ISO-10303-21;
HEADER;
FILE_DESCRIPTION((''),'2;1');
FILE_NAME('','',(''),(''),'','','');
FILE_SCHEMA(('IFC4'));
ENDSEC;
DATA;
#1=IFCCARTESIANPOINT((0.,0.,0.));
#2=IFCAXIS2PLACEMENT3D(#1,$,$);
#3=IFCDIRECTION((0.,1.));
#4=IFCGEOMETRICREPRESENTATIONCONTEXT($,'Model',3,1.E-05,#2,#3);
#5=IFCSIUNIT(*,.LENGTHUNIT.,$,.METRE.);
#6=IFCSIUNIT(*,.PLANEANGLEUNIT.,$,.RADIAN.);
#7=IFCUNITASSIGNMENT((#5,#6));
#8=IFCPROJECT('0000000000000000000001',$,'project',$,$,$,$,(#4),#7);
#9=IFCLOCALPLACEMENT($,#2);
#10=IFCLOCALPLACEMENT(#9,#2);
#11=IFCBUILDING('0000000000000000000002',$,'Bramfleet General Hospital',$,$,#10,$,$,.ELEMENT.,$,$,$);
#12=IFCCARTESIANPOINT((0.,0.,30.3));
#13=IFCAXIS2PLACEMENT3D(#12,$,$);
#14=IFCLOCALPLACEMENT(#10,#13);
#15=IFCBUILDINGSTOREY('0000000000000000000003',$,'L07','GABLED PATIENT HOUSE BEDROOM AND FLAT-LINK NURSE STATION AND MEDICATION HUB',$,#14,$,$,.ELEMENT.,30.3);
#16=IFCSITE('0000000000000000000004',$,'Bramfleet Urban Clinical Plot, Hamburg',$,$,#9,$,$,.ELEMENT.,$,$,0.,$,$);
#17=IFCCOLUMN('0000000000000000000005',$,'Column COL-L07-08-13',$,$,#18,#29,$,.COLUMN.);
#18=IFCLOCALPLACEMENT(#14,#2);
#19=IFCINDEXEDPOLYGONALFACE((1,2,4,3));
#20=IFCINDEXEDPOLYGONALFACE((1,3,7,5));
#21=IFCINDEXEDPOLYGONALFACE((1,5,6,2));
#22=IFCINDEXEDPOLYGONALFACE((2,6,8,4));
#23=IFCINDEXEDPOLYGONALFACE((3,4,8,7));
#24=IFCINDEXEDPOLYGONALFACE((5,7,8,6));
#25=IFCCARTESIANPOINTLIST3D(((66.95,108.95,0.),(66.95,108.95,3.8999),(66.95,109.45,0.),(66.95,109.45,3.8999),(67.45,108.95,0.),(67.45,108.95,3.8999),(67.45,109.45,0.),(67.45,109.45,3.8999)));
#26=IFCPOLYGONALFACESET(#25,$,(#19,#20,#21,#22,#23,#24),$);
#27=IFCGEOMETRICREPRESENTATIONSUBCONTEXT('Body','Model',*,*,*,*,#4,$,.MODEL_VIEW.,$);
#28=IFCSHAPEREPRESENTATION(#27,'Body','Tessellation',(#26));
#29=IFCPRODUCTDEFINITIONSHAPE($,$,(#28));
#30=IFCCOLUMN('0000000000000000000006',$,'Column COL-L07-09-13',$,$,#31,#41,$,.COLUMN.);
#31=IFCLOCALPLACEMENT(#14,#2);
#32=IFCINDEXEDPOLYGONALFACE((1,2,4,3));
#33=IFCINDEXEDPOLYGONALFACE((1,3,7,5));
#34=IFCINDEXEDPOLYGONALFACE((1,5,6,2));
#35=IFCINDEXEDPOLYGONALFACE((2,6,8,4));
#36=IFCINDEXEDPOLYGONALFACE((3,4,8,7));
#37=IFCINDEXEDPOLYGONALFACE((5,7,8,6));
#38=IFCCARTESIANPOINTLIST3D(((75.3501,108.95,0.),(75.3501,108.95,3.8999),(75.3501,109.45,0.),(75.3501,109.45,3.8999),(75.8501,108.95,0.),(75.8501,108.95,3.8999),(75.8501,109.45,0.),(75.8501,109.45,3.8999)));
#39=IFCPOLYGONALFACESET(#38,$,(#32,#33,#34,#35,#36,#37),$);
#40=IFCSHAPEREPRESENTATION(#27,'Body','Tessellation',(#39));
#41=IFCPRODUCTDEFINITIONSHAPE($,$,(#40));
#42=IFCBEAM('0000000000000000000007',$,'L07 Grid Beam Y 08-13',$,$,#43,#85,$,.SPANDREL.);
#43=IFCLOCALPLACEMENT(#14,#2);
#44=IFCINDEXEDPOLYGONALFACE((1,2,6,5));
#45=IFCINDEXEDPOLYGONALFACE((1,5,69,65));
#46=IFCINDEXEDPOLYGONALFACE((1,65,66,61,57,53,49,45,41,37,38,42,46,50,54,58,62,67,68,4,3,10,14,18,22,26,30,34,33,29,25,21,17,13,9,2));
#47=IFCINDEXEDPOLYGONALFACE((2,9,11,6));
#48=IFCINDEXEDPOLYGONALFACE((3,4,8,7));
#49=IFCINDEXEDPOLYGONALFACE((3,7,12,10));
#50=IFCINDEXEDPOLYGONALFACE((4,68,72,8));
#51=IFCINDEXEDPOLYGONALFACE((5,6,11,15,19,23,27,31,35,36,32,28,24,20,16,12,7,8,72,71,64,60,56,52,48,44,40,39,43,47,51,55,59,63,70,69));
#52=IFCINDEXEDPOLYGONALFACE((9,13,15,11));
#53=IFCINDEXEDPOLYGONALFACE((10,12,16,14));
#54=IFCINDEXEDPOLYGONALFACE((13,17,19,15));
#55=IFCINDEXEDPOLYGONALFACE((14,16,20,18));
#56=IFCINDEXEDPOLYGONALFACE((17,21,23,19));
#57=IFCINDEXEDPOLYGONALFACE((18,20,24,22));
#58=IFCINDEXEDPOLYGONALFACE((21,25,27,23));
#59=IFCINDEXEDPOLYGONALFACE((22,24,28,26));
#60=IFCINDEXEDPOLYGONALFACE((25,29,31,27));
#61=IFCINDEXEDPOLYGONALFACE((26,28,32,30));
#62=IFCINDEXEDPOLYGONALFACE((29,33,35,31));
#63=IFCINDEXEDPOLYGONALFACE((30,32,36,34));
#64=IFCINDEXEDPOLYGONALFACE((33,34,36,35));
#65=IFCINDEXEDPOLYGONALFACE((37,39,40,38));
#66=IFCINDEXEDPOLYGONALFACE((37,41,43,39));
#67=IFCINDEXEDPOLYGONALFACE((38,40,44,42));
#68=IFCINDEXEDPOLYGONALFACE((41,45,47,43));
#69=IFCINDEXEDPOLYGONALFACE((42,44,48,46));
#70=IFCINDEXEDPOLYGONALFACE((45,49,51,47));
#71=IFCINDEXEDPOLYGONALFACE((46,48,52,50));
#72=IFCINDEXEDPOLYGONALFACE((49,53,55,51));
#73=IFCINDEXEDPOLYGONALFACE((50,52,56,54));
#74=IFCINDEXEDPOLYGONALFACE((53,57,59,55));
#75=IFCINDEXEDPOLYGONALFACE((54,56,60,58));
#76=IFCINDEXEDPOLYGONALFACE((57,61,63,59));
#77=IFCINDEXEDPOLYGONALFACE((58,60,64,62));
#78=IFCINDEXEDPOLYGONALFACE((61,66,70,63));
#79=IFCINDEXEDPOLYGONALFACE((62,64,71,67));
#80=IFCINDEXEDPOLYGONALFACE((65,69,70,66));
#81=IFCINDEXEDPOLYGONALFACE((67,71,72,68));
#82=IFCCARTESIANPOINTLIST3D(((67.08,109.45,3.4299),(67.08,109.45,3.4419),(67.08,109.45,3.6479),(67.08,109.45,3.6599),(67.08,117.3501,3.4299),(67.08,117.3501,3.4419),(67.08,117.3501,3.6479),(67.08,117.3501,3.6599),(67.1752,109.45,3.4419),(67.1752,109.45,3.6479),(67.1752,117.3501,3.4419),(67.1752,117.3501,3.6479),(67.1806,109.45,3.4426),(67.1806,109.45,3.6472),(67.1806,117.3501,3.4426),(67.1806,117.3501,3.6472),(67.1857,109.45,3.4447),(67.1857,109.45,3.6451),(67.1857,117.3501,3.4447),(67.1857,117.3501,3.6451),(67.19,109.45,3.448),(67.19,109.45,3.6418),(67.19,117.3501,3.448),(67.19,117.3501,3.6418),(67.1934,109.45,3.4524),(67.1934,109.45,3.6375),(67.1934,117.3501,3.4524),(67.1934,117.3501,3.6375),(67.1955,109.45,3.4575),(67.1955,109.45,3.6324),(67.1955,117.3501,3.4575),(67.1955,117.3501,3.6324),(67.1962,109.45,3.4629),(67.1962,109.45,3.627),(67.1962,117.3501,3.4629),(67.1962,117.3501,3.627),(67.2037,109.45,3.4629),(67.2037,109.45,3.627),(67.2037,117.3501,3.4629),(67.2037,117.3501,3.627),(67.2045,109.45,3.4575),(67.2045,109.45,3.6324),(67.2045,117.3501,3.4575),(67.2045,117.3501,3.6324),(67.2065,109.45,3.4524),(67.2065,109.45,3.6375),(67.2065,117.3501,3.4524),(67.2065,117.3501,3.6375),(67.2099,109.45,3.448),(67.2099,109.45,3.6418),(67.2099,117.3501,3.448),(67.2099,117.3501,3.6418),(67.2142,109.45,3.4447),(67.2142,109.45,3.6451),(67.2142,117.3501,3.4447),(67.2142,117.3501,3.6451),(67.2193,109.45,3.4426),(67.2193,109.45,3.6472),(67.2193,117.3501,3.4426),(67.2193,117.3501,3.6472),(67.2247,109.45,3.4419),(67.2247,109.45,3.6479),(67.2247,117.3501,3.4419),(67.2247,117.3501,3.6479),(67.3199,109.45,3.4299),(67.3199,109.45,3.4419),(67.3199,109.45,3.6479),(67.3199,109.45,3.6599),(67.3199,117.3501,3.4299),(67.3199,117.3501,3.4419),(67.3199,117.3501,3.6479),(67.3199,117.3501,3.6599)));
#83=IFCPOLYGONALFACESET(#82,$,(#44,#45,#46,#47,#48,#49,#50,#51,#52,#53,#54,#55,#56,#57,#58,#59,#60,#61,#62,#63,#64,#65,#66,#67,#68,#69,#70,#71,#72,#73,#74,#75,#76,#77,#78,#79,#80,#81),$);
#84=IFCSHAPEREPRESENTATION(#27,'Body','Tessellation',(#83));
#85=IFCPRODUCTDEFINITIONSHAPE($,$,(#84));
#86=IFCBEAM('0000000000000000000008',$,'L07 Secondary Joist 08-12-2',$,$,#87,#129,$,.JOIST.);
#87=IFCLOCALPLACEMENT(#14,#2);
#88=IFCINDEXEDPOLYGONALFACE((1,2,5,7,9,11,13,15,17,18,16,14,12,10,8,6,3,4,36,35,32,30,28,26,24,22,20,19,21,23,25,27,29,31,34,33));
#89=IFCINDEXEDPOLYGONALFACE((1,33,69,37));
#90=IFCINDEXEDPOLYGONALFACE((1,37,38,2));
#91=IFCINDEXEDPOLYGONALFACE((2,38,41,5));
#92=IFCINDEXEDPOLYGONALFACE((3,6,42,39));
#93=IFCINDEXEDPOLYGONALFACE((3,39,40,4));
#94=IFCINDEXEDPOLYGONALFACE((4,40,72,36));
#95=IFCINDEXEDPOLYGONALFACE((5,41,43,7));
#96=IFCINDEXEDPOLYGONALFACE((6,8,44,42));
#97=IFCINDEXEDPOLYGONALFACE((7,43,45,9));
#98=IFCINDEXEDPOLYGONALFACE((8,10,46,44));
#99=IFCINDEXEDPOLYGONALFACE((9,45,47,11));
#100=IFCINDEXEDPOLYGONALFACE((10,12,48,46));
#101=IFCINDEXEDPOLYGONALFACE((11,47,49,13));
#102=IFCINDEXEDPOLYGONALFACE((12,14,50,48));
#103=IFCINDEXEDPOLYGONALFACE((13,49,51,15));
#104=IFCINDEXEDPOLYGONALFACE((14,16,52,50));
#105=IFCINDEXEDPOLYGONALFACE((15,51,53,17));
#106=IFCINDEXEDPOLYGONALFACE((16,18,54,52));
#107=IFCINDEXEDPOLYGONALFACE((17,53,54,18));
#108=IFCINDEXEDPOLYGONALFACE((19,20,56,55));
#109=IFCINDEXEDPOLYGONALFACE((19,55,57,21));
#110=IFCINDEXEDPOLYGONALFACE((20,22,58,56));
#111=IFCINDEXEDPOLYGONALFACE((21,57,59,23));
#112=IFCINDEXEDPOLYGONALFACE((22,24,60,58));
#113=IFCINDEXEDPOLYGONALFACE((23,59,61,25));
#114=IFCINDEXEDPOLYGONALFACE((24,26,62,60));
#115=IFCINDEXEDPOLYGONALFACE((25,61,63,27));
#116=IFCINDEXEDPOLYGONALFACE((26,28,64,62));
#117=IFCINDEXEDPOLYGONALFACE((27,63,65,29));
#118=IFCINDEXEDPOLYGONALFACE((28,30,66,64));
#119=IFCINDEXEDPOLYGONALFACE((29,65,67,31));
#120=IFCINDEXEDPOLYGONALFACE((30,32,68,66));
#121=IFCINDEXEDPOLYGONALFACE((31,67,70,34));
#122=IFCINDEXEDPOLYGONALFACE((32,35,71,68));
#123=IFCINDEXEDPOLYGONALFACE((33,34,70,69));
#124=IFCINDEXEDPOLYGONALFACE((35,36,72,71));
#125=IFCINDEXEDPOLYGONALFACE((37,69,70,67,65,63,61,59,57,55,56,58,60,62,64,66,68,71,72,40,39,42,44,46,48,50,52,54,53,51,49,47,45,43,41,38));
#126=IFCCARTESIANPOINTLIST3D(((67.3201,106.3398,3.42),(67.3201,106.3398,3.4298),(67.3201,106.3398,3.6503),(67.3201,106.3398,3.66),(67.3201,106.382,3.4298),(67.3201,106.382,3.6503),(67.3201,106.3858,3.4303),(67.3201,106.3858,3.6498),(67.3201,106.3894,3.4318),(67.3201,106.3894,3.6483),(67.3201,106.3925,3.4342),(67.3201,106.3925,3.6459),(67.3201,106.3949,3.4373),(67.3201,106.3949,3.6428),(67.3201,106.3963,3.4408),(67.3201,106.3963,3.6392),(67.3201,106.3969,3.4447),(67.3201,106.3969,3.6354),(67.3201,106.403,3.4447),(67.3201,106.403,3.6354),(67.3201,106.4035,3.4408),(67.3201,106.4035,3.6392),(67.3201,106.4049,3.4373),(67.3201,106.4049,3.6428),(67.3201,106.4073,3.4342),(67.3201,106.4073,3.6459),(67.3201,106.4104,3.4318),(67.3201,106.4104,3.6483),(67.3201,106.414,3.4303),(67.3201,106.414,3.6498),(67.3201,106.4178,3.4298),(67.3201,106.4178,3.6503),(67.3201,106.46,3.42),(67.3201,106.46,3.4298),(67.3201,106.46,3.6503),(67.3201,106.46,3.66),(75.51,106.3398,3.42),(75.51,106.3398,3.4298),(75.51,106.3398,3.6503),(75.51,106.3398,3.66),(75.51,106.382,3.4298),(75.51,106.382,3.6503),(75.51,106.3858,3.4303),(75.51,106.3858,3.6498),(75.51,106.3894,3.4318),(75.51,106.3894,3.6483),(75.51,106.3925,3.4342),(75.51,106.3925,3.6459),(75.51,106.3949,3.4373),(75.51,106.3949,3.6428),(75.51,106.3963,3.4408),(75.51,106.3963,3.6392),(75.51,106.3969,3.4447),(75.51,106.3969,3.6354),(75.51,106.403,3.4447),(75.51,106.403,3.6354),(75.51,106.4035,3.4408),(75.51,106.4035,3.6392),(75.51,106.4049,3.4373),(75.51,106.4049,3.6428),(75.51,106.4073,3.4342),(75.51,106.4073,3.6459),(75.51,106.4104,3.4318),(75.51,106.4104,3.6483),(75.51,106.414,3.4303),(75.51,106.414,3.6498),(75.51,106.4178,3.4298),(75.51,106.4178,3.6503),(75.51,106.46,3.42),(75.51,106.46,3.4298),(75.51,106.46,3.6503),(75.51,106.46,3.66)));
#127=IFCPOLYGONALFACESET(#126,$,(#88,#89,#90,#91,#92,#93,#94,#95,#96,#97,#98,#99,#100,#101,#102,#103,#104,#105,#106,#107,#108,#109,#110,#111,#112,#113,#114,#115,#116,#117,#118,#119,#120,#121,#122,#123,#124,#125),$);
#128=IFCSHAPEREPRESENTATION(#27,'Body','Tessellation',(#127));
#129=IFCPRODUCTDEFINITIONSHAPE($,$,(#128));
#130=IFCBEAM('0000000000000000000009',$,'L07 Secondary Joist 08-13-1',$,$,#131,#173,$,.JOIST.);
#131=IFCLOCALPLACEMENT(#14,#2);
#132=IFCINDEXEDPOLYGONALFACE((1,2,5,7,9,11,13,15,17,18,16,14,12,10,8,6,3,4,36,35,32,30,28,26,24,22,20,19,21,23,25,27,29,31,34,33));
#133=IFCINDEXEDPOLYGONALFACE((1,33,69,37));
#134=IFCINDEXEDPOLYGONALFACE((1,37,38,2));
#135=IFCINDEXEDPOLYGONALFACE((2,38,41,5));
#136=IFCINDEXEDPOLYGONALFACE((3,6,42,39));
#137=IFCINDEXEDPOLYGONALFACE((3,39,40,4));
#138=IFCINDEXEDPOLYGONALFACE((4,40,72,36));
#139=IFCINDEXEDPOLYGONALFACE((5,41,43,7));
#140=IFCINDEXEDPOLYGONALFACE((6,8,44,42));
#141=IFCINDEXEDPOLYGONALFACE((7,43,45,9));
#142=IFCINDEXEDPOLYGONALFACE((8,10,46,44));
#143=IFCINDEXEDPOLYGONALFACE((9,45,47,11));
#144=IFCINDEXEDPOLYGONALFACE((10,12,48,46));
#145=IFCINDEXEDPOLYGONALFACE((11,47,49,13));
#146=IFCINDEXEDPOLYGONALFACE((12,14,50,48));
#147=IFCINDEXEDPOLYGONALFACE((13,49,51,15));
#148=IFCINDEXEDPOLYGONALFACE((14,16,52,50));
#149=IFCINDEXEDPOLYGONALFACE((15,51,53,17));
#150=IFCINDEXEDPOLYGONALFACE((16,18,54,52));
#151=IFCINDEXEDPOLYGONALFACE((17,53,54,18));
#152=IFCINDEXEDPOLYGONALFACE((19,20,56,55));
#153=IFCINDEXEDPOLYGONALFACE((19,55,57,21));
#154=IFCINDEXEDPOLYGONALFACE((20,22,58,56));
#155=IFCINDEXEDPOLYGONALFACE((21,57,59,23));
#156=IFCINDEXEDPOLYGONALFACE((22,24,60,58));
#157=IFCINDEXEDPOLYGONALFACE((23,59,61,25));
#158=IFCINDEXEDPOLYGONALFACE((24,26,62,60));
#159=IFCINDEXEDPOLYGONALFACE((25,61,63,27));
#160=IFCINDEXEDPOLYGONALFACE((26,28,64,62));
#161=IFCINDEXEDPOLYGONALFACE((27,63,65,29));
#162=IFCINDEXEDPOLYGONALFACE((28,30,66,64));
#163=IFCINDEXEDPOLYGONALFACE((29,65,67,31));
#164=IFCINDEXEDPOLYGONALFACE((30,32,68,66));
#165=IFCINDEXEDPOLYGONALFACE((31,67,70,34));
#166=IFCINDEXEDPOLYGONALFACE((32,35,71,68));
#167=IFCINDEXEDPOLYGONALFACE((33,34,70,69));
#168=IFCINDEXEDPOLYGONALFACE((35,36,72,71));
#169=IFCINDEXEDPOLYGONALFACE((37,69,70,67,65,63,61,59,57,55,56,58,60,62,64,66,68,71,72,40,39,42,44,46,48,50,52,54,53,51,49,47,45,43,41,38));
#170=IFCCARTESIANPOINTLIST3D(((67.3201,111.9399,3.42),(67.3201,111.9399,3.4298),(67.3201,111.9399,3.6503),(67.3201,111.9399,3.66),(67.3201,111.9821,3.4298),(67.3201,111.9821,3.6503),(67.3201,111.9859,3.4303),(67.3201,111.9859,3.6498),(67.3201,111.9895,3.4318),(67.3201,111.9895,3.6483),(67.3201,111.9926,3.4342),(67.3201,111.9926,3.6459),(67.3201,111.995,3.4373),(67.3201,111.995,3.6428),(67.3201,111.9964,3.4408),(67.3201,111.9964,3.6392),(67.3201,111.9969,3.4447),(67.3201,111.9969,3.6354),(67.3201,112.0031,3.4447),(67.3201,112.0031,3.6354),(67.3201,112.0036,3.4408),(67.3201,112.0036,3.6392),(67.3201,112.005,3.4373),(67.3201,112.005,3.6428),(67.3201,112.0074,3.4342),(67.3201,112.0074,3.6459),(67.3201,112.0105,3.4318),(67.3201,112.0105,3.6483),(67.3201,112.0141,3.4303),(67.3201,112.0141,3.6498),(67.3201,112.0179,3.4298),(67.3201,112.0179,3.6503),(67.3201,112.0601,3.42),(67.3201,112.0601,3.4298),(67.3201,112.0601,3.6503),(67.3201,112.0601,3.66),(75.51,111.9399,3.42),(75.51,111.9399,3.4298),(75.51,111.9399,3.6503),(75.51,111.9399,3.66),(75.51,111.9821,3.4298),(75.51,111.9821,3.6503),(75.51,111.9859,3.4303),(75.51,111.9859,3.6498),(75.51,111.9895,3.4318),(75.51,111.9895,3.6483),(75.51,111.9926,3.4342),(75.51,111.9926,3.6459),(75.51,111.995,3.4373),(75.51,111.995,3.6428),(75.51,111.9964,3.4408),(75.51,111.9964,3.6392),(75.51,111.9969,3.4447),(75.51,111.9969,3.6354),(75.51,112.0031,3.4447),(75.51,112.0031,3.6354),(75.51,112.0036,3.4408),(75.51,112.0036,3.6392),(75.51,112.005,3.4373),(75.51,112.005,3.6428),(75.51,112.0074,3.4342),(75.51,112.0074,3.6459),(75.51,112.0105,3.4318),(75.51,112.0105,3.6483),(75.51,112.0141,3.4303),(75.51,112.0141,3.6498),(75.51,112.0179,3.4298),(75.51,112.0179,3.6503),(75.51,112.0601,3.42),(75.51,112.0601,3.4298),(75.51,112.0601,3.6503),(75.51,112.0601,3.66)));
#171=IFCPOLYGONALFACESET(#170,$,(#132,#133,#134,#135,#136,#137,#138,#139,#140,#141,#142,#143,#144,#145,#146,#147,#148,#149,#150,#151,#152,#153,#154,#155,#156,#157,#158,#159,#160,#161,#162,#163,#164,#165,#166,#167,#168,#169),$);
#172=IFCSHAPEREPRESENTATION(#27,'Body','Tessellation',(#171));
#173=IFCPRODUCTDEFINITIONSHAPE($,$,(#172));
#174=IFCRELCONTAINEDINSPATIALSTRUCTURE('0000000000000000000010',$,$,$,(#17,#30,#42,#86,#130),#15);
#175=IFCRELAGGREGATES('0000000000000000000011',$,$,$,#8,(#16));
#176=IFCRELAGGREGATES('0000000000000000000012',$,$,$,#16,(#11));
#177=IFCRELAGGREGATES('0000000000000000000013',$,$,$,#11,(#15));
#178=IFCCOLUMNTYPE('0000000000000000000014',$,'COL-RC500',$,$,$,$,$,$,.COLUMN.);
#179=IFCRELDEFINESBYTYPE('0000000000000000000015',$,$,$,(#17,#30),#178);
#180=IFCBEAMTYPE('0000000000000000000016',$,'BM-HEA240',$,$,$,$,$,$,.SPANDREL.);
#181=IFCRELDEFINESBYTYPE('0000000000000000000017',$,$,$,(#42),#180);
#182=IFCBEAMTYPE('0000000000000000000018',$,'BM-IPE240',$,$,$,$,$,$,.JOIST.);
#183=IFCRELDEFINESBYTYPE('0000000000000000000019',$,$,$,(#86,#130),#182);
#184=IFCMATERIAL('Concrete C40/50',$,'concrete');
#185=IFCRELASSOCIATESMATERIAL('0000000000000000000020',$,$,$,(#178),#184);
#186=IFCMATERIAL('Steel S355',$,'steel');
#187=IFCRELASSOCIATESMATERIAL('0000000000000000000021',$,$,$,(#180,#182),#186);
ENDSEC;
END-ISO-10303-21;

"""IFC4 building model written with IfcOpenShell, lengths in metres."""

from ifc_helpers import new_model, si_unit, direction, frame, origin, origin_2d, place, context, subcontext, project, spatial, rectangle, i_section, extrude, material, material_profile, profile_set, type_object, element, save


model = new_model("IFC4")

# Units and contexts
model_context = context("Model", 3, precision=1e-05, world=origin(), true_north=direction((0.0, 1.0)))
body_context = subcontext(model_context, "Body", "Model", "MODEL_VIEW")
ifc_project = project(units=[si_unit("LENGTHUNIT", "METRE"), si_unit("PLANEANGLEUNIT", "RADIAN")], contexts=[model_context])

# Site, building, storey
site_placement = place(None, origin())
site = spatial("IfcSite", under=ifc_project, at=site_placement, Name="Bramfleet Urban Clinical Plot, Hamburg", CompositionType="ELEMENT", RefElevation=0.0)
building_placement = place(site_placement, origin())
building = spatial("IfcBuilding", under=site, at=building_placement, Name="Bramfleet General Hospital", CompositionType="ELEMENT")
storey_placement = place(building_placement, frame((0.0, 0.0, 30.3)))
storey = spatial("IfcBuildingStorey", under=building, at=storey_placement, Name="L07", Description="GABLED PATIENT HOUSE BEDROOM AND FLAT-LINK NURSE STATION AND MEDICATION HUB", CompositionType="ELEMENT", Elevation=30.3)

# Columns
ifc_material_1 = material(Name="Concrete C40/50", Category="concrete")
ifc_material_profile_1 = material_profile(ifc_material_1, rectangle(XDim=0.5, YDim=0.5, at=origin_2d()), Name="RC COL 500x500")
ifc_profile_set_1 = profile_set([ifc_material_profile_1], Name="Concrete C40/50")
column_type = type_object("IfcColumnType", Name="COL-RC500", PredefinedType="COLUMN", material=ifc_profile_set_1)
for number, where, z_axis, x_axis, name in (
    (1, (67.2, 109.2, 0.0), (0.0, 0.0, 1.0), (1.0, 0.0, 0.0), "Column COL-L07-08-13"),
    (2, (75.6001, 109.2, 0.0), (0.0, 0.0, 1.0), (1.0, 0.0, 0.0), "Column COL-L07-09-13"),
):
    element("IfcColumn", number, at=place(storey_placement, frame(where, z_axis=z_axis, x_axis=x_axis)), inside=storey, type_object=column_type, Name=name, PredefinedType="COLUMN", context=body_context, shape_type="SweptSolid", body=[
        extrude(rectangle(XDim=0.5, YDim=0.5, at=origin_2d()), origin(), (0.0, 0.0, 1.0), 3.8999),
    ])

# Beams
ifc_material_2 = material(Name="Steel S355", Category="steel")
ifc_material_profile_2 = material_profile(ifc_material_2, i_section(OverallWidth=0.24, OverallDepth=0.23, WebThickness=0.0076, FlangeThickness=0.012, FilletRadius=0.021, at=origin_2d()), Name="HEA 240")
ifc_profile_set_2 = profile_set([ifc_material_profile_2], Name="Steel S355")
beam_type_1 = type_object("IfcBeamType", Name="BM-HEA240", PredefinedType="SPANDREL", material=ifc_profile_set_2)
beam_1_placement = place(storey_placement, frame((67.2, 109.45, 3.5449), z_axis=(0.0, 1.0, 0.0), x_axis=(-1.0, 0.0, 0.0)))
element("IfcBeam", 3, at=beam_1_placement, inside=storey, type_object=beam_type_1, Name="L07 Grid Beam Y 08-13", PredefinedType="SPANDREL", context=body_context, shape_type="SweptSolid", body=[
    extrude(i_section(OverallWidth=0.24, OverallDepth=0.23, WebThickness=0.0076, FlangeThickness=0.012, FilletRadius=0.021, at=origin_2d()), origin(), (0.0, 0.0, 1.0), 7.9001),
])
ifc_material_profile_3 = material_profile(ifc_material_2, i_section(OverallWidth=0.1201, OverallDepth=0.24, WebThickness=0.0061, FlangeThickness=0.0098, FilletRadius=0.0149, at=origin_2d()), Name="IPE 240")
ifc_profile_set_3 = profile_set([ifc_material_profile_3], Name="Steel S355")
beam_type_2 = type_object("IfcBeamType", Name="BM-IPE240", PredefinedType="JOIST", material=ifc_profile_set_3)
for number, where, z_axis, x_axis, name in (
    (4, (67.3201, 106.3999, 3.54), (1.0, 0.0, 0.0), (0.0, 1.0, 0.0), "L07 Secondary Joist 08-12-2"),
    (5, (67.3201, 112.0, 3.54), (1.0, 0.0, 0.0), (0.0, 1.0, 0.0), "L07 Secondary Joist 08-13-1"),
):
    element("IfcBeam", number, at=place(storey_placement, frame(where, z_axis=z_axis, x_axis=x_axis)), inside=storey, type_object=beam_type_2, Name=name, PredefinedType="JOIST", context=body_context, shape_type="SweptSolid", body=[
        extrude(i_section(OverallWidth=0.1201, OverallDepth=0.24, WebThickness=0.0061, FlangeThickness=0.0098, FilletRadius=0.0149, at=origin_2d()), origin(), (0.0, 0.0, 1.0), 8.1899),
    ])

save(model, "model.ifc")
